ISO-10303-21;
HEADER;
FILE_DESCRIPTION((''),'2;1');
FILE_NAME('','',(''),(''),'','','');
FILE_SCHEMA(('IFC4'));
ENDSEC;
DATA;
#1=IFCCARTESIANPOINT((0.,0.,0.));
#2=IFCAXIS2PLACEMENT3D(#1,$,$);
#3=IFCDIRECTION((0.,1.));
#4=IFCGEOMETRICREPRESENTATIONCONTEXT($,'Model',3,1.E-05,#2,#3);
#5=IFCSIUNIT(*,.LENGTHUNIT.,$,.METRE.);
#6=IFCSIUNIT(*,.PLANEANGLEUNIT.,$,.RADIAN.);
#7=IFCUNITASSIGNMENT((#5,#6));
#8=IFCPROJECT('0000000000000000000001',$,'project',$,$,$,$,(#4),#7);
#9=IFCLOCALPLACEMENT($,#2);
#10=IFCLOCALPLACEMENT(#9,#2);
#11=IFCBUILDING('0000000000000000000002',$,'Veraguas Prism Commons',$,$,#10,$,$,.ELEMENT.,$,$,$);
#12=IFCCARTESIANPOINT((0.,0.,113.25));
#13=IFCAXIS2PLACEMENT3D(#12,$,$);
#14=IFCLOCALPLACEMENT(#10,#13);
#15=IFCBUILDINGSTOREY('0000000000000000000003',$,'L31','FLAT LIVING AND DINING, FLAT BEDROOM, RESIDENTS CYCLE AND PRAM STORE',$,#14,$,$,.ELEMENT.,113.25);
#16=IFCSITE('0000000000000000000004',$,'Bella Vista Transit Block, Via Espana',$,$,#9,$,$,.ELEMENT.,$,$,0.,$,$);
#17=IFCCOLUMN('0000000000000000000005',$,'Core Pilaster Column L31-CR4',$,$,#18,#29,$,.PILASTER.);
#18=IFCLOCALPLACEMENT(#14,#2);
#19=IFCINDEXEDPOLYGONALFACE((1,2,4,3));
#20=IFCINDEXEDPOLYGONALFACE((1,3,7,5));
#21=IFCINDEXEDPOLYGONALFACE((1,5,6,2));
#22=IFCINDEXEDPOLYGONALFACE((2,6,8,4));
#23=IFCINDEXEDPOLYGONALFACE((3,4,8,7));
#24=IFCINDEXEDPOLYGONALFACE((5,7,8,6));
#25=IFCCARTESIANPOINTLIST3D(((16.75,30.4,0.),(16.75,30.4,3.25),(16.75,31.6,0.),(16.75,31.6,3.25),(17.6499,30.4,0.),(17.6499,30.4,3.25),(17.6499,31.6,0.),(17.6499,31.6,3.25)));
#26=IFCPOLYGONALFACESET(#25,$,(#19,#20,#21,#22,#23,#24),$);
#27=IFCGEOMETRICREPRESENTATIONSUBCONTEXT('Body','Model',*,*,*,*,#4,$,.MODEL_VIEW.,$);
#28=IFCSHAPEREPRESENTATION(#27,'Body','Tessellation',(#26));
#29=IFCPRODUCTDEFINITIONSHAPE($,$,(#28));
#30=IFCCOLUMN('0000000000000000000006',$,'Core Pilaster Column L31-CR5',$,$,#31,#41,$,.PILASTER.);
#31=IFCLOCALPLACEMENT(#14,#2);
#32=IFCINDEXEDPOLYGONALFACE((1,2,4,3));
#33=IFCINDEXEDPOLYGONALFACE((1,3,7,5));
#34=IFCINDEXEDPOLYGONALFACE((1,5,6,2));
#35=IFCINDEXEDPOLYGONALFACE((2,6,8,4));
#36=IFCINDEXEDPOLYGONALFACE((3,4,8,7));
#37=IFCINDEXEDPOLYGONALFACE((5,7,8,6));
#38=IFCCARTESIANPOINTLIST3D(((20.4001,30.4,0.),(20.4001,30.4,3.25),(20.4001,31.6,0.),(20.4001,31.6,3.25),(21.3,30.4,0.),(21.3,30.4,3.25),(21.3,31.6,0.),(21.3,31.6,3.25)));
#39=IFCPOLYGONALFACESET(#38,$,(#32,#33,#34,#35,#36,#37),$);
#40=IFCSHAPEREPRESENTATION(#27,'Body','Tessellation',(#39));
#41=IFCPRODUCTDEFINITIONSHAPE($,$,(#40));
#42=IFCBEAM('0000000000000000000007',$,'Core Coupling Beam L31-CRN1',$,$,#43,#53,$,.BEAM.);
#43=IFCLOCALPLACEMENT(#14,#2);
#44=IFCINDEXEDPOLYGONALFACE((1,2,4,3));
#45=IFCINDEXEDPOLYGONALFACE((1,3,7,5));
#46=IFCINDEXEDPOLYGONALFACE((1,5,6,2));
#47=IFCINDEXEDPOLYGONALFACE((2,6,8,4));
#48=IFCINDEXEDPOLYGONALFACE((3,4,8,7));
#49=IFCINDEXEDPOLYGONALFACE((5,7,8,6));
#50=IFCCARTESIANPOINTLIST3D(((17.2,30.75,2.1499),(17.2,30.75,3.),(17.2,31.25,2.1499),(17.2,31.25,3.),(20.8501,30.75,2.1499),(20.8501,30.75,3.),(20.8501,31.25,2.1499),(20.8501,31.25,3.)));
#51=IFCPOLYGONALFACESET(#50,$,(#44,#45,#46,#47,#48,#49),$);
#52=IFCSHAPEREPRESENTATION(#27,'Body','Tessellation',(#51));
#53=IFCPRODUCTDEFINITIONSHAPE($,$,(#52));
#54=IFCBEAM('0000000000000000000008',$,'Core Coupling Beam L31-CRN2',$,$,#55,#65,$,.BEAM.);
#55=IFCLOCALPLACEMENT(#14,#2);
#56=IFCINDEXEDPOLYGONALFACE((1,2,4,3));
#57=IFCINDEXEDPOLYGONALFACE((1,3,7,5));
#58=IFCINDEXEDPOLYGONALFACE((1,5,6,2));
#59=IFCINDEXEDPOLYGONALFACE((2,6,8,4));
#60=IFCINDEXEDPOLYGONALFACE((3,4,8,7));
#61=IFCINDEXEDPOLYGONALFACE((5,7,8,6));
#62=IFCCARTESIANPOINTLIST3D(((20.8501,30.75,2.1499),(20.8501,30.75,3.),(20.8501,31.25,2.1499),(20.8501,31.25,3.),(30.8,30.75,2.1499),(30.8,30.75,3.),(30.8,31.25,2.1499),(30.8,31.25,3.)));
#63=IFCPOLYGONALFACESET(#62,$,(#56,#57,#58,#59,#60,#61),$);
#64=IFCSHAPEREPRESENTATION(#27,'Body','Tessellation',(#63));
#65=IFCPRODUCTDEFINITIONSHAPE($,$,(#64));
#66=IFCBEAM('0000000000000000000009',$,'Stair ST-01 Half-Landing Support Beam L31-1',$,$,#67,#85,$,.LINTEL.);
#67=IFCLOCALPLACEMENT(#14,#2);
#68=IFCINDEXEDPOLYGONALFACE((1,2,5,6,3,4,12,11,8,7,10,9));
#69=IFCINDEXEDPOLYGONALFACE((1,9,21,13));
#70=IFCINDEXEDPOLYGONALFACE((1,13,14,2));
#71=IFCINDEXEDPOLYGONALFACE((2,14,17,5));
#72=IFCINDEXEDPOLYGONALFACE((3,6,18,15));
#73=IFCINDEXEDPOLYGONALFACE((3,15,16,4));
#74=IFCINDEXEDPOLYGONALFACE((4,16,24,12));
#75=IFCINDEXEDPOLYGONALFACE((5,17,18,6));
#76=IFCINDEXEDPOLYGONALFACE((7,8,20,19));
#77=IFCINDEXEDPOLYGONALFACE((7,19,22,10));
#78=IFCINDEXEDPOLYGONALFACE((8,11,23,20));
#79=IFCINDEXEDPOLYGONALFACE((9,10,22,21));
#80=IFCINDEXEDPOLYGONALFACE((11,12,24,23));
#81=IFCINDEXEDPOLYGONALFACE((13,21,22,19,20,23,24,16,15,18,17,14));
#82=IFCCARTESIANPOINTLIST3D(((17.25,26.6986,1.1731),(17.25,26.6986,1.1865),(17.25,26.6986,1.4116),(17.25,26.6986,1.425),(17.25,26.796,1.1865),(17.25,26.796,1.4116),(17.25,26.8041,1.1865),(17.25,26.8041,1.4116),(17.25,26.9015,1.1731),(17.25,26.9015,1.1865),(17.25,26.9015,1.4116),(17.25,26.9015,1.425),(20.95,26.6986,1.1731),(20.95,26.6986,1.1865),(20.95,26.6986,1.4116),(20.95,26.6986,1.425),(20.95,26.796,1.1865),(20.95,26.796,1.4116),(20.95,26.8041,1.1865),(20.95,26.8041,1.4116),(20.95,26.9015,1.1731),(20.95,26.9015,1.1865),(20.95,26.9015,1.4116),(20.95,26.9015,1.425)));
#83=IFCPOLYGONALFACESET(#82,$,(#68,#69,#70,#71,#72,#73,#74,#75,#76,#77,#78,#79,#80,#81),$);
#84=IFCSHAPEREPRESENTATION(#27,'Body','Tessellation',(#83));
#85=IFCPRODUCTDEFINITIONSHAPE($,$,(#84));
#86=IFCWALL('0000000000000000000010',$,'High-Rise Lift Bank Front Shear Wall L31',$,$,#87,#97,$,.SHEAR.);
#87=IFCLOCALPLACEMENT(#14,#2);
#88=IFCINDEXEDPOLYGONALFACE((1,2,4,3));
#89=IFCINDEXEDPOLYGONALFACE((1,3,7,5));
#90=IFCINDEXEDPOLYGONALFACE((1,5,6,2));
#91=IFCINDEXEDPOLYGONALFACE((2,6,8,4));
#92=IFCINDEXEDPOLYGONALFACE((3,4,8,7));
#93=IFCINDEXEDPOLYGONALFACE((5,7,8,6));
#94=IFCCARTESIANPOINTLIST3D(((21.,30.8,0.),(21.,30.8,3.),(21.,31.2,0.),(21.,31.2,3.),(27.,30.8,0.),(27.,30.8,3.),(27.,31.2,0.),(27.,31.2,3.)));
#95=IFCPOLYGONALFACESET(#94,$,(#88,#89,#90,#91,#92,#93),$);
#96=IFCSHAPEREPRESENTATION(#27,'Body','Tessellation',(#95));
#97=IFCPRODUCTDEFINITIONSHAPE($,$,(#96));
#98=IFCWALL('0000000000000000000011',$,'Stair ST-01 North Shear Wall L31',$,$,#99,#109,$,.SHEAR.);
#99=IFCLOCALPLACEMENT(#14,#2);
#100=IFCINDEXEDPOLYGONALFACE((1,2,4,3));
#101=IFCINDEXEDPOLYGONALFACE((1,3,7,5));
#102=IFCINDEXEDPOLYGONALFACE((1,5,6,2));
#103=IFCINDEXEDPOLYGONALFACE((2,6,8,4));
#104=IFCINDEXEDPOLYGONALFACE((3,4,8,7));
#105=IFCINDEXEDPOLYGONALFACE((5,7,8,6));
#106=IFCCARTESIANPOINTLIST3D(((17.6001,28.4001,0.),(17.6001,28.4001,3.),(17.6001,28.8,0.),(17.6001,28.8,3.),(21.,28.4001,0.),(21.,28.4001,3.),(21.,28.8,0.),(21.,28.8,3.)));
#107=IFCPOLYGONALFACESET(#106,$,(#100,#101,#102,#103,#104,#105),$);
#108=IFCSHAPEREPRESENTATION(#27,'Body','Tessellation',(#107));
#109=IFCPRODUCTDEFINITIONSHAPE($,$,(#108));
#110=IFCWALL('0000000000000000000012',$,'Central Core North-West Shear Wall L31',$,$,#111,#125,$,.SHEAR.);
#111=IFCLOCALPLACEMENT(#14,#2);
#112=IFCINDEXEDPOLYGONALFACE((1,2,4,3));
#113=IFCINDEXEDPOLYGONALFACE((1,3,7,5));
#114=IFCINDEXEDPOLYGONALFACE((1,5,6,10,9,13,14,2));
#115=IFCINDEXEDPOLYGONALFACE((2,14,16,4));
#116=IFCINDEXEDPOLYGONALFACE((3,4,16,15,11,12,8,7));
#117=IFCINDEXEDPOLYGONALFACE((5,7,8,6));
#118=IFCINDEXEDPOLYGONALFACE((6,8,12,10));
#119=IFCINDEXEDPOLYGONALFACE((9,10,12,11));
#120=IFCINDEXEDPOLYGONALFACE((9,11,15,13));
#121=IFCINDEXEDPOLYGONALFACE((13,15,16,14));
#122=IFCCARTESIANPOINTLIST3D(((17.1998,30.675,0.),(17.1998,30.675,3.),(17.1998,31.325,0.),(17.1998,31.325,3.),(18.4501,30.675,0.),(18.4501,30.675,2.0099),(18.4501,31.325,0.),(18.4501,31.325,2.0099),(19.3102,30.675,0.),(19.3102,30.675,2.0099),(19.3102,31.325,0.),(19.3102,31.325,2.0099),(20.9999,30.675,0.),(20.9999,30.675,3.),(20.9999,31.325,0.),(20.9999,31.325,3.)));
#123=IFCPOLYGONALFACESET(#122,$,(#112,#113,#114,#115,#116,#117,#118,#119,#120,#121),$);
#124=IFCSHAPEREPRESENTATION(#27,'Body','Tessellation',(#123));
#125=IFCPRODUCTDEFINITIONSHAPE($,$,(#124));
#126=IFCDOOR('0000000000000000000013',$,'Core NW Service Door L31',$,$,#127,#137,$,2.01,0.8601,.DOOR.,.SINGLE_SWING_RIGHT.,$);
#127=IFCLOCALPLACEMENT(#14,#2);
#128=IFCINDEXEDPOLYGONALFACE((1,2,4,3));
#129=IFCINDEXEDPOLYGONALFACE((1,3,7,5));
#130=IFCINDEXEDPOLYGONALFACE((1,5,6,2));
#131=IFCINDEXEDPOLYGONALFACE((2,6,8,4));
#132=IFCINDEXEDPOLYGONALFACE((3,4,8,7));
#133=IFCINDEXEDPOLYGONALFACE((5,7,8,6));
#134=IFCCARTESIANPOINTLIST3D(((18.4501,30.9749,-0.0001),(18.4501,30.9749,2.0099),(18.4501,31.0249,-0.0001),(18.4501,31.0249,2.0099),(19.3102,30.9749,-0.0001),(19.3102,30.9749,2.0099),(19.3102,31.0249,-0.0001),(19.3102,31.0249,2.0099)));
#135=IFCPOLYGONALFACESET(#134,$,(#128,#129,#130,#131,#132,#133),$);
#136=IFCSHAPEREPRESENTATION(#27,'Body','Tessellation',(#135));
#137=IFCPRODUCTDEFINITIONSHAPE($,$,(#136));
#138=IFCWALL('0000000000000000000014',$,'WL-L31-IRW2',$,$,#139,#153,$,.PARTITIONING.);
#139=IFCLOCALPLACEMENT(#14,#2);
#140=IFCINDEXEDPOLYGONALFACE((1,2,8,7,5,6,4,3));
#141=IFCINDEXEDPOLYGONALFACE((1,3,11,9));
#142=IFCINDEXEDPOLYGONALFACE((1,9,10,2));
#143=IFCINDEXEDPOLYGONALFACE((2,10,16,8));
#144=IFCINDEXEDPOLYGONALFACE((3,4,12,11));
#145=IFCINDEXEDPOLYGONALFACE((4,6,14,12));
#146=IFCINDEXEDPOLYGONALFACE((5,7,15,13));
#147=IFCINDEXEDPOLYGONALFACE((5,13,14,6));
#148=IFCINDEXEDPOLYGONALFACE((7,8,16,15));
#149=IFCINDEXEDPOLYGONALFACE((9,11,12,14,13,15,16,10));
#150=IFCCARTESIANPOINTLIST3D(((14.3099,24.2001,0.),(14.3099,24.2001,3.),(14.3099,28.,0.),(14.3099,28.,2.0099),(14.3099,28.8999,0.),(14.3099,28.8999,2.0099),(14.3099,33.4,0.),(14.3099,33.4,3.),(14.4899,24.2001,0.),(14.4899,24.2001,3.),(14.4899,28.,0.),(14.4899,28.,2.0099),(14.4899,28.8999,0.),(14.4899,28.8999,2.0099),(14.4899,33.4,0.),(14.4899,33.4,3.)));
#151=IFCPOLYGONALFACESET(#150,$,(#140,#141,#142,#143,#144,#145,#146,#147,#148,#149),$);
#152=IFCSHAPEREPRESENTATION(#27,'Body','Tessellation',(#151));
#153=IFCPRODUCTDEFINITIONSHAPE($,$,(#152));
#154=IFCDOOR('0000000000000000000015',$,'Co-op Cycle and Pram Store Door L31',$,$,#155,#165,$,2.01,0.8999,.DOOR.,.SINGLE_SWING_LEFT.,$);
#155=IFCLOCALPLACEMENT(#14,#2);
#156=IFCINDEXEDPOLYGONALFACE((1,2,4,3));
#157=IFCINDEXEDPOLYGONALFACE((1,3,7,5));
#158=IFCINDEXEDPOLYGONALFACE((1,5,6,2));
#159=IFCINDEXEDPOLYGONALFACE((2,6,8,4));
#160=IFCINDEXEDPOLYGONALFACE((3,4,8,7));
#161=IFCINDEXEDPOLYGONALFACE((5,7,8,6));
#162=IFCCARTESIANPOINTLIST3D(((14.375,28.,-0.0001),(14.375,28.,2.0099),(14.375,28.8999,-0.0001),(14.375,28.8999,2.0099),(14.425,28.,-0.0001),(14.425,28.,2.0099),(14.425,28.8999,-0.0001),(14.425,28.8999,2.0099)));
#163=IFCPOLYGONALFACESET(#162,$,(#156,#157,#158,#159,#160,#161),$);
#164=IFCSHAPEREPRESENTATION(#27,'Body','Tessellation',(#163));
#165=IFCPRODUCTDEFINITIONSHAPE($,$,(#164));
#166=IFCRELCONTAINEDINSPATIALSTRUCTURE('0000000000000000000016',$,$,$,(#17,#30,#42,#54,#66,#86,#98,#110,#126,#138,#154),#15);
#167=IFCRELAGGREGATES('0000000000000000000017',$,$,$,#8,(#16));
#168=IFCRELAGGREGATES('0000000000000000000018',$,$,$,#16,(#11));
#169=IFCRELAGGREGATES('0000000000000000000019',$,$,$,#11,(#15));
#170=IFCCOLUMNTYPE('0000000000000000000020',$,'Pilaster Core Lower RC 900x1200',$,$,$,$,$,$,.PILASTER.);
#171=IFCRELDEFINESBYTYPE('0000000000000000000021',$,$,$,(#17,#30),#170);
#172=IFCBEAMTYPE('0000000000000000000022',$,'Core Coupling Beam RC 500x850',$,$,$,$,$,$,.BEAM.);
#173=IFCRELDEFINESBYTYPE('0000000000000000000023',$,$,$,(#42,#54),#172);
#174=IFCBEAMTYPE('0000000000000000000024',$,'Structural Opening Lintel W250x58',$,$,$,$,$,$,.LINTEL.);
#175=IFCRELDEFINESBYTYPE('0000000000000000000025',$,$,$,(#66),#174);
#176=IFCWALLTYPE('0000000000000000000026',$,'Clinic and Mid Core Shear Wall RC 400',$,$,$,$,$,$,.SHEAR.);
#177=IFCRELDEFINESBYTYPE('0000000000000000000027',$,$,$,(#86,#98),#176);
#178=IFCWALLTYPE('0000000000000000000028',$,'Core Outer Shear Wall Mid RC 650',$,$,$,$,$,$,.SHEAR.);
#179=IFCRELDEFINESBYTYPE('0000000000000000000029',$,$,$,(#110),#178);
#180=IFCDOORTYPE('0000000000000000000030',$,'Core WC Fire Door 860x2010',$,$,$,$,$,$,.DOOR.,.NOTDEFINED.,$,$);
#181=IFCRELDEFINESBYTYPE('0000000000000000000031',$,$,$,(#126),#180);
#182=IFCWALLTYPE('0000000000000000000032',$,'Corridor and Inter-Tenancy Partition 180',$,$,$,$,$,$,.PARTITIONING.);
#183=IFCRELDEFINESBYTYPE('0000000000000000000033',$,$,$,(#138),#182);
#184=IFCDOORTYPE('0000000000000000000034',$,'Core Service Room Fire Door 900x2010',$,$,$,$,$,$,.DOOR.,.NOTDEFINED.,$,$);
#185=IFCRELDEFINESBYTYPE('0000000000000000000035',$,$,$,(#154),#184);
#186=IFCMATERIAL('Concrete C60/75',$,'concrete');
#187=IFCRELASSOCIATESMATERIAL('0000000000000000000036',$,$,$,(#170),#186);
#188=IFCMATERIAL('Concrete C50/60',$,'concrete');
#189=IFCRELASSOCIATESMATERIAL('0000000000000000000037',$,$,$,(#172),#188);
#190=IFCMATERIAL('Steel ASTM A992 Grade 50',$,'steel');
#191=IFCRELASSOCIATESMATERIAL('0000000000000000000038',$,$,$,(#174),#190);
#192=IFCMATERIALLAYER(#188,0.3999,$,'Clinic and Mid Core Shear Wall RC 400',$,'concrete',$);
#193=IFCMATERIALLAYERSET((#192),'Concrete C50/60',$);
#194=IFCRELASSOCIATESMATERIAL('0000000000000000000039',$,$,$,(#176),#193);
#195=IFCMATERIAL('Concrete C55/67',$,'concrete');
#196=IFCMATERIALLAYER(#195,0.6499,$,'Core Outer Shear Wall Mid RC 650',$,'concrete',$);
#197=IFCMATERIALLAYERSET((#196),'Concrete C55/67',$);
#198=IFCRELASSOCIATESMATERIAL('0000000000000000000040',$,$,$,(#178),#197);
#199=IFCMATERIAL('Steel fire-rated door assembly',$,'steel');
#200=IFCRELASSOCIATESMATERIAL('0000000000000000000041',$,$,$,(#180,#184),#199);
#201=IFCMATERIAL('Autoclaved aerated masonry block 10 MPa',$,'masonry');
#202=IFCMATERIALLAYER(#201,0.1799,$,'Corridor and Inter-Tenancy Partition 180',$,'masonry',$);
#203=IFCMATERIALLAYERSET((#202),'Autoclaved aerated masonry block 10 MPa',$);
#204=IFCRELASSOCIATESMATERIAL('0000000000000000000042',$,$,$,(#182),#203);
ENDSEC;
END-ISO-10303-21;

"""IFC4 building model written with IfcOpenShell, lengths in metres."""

from ifc_helpers import new_model, si_unit, direction, frame, frame_2d, origin, origin_2d, place, context, subcontext, project, spatial, rectangle, i_section, extrude, source, transform, mapped, material, layer, layer_set, material_profile, profile_set, type_object, element, fill, save


model = new_model("IFC4")

# Units and contexts
model_context = context("Model", 3, precision=1e-05, world=origin(), true_north=direction((0.0, 1.0)))
body_context = subcontext(model_context, "Body", "Model", "MODEL_VIEW")
ifc_project = project(units=[si_unit("LENGTHUNIT", "METRE"), si_unit("PLANEANGLEUNIT", "RADIAN")], contexts=[model_context])

# Site, building, storey
site_placement = place(None, origin())
site = spatial("IfcSite", under=ifc_project, at=site_placement, Name="Bella Vista Transit Block, Via Espana", CompositionType="ELEMENT", RefElevation=0.0)
building_placement = place(site_placement, origin())
building = spatial("IfcBuilding", under=site, at=building_placement, Name="Veraguas Prism Commons", CompositionType="ELEMENT")
storey_placement = place(building_placement, frame((0.0, 0.0, 113.25)))
storey = spatial("IfcBuildingStorey", under=building, at=storey_placement, Name="L31", Description="FLAT LIVING AND DINING, FLAT BEDROOM, RESIDENTS CYCLE AND PRAM STORE", CompositionType="ELEMENT", Elevation=113.25)

# Columns
ifc_material_1 = material(Name="Concrete C60/75", Category="concrete")
ifc_material_profile_1 = material_profile(ifc_material_1, rectangle(XDim=0.8999, YDim=1.2, at=origin_2d()), Name="RC900X1200")
ifc_profile_set_1 = profile_set([ifc_material_profile_1], Name="Concrete C60/75")
column_type = type_object("IfcColumnType", Name="Pilaster Core Lower RC 900x1200", PredefinedType="PILASTER", material=ifc_profile_set_1)
for number, where, z_axis, x_axis, name in (
    (1, (17.2, 31.0, 0.0), (0.0, 0.0, 1.0), (1.0, 0.0, 0.0), "Core Pilaster Column L31-CR4"),
    (2, (20.8501, 31.0, 0.0), (0.0, 0.0, 1.0), (1.0, 0.0, 0.0), "Core Pilaster Column L31-CR5"),
):
    element("IfcColumn", number, at=place(storey_placement, frame(where, z_axis=z_axis, x_axis=x_axis)), inside=storey, type_object=column_type, Name=name, PredefinedType="PILASTER", context=body_context, shape_type="SweptSolid", body=[
        extrude(rectangle(XDim=0.8999, YDim=1.2, at=origin_2d()), origin(), (0.0, 0.0, 1.0), 3.25),
    ])

# Beams
ifc_material_2 = material(Name="Concrete C50/60", Category="concrete")
ifc_material_profile_2 = material_profile(ifc_material_2, rectangle(XDim=0.5, YDim=0.8501, at=origin_2d()), Name="RC500X850")
ifc_profile_set_2 = profile_set([ifc_material_profile_2], Name="Concrete C50/60")
beam_type_1 = type_object("IfcBeamType", Name="Core Coupling Beam RC 500x850", PredefinedType="BEAM", material=ifc_profile_set_2)
beam_1_placement = place(storey_placement, frame((17.2, 31.0, 2.575), z_axis=(1.0, 0.0, 0.0), x_axis=(0.0, 1.0, 0.0)))
element("IfcBeam", 3, at=beam_1_placement, inside=storey, type_object=beam_type_1, Name="Core Coupling Beam L31-CRN1", PredefinedType="BEAM", context=body_context, shape_type="SweptSolid", body=[
    extrude(rectangle(XDim=0.5, YDim=0.8501, at=origin_2d()), origin(), (0.0, 0.0, 1.0), 3.6501),
])
beam_2_placement = place(storey_placement, frame((20.8501, 31.0, 2.575), z_axis=(1.0, 0.0, 0.0), x_axis=(0.0, 1.0, 0.0)))
element("IfcBeam", 4, at=beam_2_placement, inside=storey, type_object=beam_type_1, Name="Core Coupling Beam L31-CRN2", PredefinedType="BEAM", context=body_context, shape_type="SweptSolid", body=[
    extrude(rectangle(XDim=0.5, YDim=0.8501, at=origin_2d()), origin(), (0.0, 0.0, 1.0), 9.95),
])
ifc_material_3 = material(Name="Steel ASTM A992 Grade 50", Category="steel")
ifc_material_profile_3 = material_profile(ifc_material_3, i_section(OverallWidth=0.2029, OverallDepth=0.252, WebThickness=0.0081, FlangeThickness=0.0134, at=origin_2d()), Name="W250X58")
ifc_profile_set_3 = profile_set([ifc_material_profile_3], Name="Steel ASTM A992 Grade 50")
beam_type_2 = type_object("IfcBeamType", Name="Structural Opening Lintel W250x58", PredefinedType="LINTEL", material=ifc_profile_set_3)
beam_3_placement = place(storey_placement, frame((17.25, 26.8, 1.2991), z_axis=(1.0, 0.0, 0.0), x_axis=(0.0, 1.0, 0.0)))
element("IfcBeam", 5, at=beam_3_placement, inside=storey, type_object=beam_type_2, Name="Stair ST-01 Half-Landing Support Beam L31-1", PredefinedType="LINTEL", context=body_context, shape_type="SweptSolid", body=[
    extrude(i_section(OverallWidth=0.2029, OverallDepth=0.252, WebThickness=0.0081, FlangeThickness=0.0134, at=origin_2d()), origin(), (0.0, 0.0, 1.0), 3.7),
])

# Walls
ifc_layer_1 = layer(ifc_material_2, 0.3999, Name="Clinic and Mid Core Shear Wall RC 400", Category="concrete")
ifc_layer_set_1 = layer_set([ifc_layer_1], Name="Concrete C50/60")
wall_type_1 = type_object("IfcWallType", Name="Clinic and Mid Core Shear Wall RC 400", PredefinedType="SHEAR", material=ifc_layer_set_1)
wall_1_placement = place(storey_placement, frame((21.0, 31.0, 0.0), z_axis=(0.0, 0.0, 1.0), x_axis=(1.0, 0.0, 0.0)))
element("IfcWall", 6, at=wall_1_placement, inside=storey, type_object=wall_type_1, Name="High-Rise Lift Bank Front Shear Wall L31", PredefinedType="SHEAR", context=body_context, shape_type="SweptSolid", body=[
    extrude(rectangle(XDim=6.0, YDim=0.3999, at=frame_2d((3.0, 0.0))), origin(), (0.0, 0.0, 1.0), 3.0),
])
wall_2_placement = place(storey_placement, frame((17.6001, 28.6001, 0.0), z_axis=(0.0, 0.0, 1.0), x_axis=(1.0, 0.0, 0.0)))
element("IfcWall", 7, at=wall_2_placement, inside=storey, type_object=wall_type_1, Name="Stair ST-01 North Shear Wall L31", PredefinedType="SHEAR", context=body_context, shape_type="SweptSolid", body=[
    extrude(rectangle(XDim=3.3999, YDim=0.3999, at=frame_2d((1.7, 0.0))), origin(), (0.0, 0.0, 1.0), 3.0),
])

# Walls, openings, doors
ifc_material_4 = material(Name="Concrete C55/67", Category="concrete")
ifc_layer_2 = layer(ifc_material_4, 0.6499, Name="Core Outer Shear Wall Mid RC 650", Category="concrete")
ifc_layer_set_2 = layer_set([ifc_layer_2], Name="Concrete C55/67")
wall_type_2 = type_object("IfcWallType", Name="Core Outer Shear Wall Mid RC 650", PredefinedType="SHEAR", material=ifc_layer_set_2)
wall_3_placement = place(storey_placement, frame((17.2, 31.0, 0.0), z_axis=(0.0, 0.0, 1.0), x_axis=(1.0, 0.0, 0.0)))
wall_3 = element("IfcWall", 8, at=wall_3_placement, inside=storey, type_object=wall_type_2, Name="Central Core North-West Shear Wall L31", PredefinedType="SHEAR", context=body_context, shape_type="SweptSolid", body=[
    extrude(rectangle(XDim=3.8, YDim=0.6499, at=frame_2d((1.8999, 0.0))), origin(), (0.0, 0.0, 1.0), 3.0),
])
opening_1_placement = place(wall_3_placement, frame((1.25, 0.0, 0.0)))
opening_1 = element("IfcOpeningElement", 9, at=opening_1_placement, cuts=wall_3, PredefinedType="OPENING", context=body_context, shape_type="SweptSolid", body=[
    extrude(rectangle(XDim=0.8601, YDim=2.01, at=frame_2d((0.4302, 1.0049))), frame((0.0, 0.335, 0.0), z_axis=(0.0, -1.0, 0.0), x_axis=(1.0, 0.0, 0.0)), (0.0, 0.0, 1.0), 0.6699),
])
ifc_material_5 = material(Name="Steel fire-rated door assembly", Category="steel")
door_type_1 = type_object("IfcDoorType", Name="Core WC Fire Door 860x2010", OperationType="NOTDEFINED", PredefinedType="DOOR", material=ifc_material_5)
shared_shape_1 = source(origin(), body_context, "Body", "SweptSolid", [
    extrude(rectangle(XDim=0.8601, YDim=2.01, at=frame_2d((0.4302, 1.0049))), frame((0.0, 0.0249, 0.0), z_axis=(0.0, -1.0, 0.0), x_axis=(1.0, 0.0, 0.0)), (0.0, 0.0, 1.0), 0.05),
])
door_1_placement = place(opening_1_placement, origin())
door_1 = element("IfcDoor", 10, at=door_1_placement, inside=storey, type_object=door_type_1, Name="Core NW Service Door L31", OperationType="SINGLE_SWING_RIGHT", OverallHeight=2.01, OverallWidth=0.8601, PredefinedType="DOOR", context=body_context, shape_type="MappedRepresentation", body=[
    mapped(shared_shape_1, transform((0.0, 0.0, 0.0), scale=1.0)),
])
fill(opening_1, door_1)
ifc_material_6 = material(Name="Autoclaved aerated masonry block 10 MPa", Category="masonry")
ifc_layer_3 = layer(ifc_material_6, 0.1799, Name="Corridor and Inter-Tenancy Partition 180", Category="masonry")
ifc_layer_set_3 = layer_set([ifc_layer_3], Name="Autoclaved aerated masonry block 10 MPa")
wall_type_3 = type_object("IfcWallType", Name="Corridor and Inter-Tenancy Partition 180", PredefinedType="PARTITIONING", material=ifc_layer_set_3)
wall_4_placement = place(storey_placement, frame((14.3999, 24.2, 0.0), z_axis=(0.0, 0.0, 1.0), x_axis=(0.0, 1.0, 0.0)))
wall_4 = element("IfcWall", 11, at=wall_4_placement, inside=storey, type_object=wall_type_3, Name="WL-L31-IRW2", PredefinedType="PARTITIONING", context=body_context, shape_type="SweptSolid", body=[
    extrude(rectangle(XDim=9.2, YDim=0.1799, at=frame_2d((4.6001, 0.0))), origin(), (0.0, 0.0, 1.0), 3.0),
])
opening_2_placement = place(wall_4_placement, frame((3.8, 0.0, 0.0)))
opening_2 = element("IfcOpeningElement", 12, at=opening_2_placement, cuts=wall_4, PredefinedType="OPENING", context=body_context, shape_type="SweptSolid", body=[
    extrude(rectangle(XDim=0.8999, YDim=2.01, at=frame_2d((0.45, 1.0049))), frame((0.0, 0.0999, 0.0), z_axis=(0.0, -1.0, 0.0), x_axis=(1.0, 0.0, 0.0)), (0.0, 0.0, 1.0), 0.2),
])
door_type_2 = type_object("IfcDoorType", Name="Core Service Room Fire Door 900x2010", OperationType="NOTDEFINED", PredefinedType="DOOR", material=ifc_material_5)
shared_shape_2 = source(origin(), body_context, "Body", "SweptSolid", [
    extrude(rectangle(XDim=0.8999, YDim=2.01, at=frame_2d((0.45, 1.0049))), frame((0.0, 0.0249, 0.0), z_axis=(0.0, -1.0, 0.0), x_axis=(1.0, 0.0, 0.0)), (0.0, 0.0, 1.0), 0.05),
])
door_2_placement = place(opening_2_placement, origin())
door_2 = element("IfcDoor", 13, at=door_2_placement, inside=storey, type_object=door_type_2, Name="Co-op Cycle and Pram Store Door L31", OperationType="SINGLE_SWING_LEFT", OverallHeight=2.01, OverallWidth=0.8999, PredefinedType="DOOR", context=body_context, shape_type="MappedRepresentation", body=[
    mapped(shared_shape_2, transform((0.0, 0.0, 0.0), scale=1.0)),
])
fill(opening_2, door_2)

save(model, "model.ifc")
